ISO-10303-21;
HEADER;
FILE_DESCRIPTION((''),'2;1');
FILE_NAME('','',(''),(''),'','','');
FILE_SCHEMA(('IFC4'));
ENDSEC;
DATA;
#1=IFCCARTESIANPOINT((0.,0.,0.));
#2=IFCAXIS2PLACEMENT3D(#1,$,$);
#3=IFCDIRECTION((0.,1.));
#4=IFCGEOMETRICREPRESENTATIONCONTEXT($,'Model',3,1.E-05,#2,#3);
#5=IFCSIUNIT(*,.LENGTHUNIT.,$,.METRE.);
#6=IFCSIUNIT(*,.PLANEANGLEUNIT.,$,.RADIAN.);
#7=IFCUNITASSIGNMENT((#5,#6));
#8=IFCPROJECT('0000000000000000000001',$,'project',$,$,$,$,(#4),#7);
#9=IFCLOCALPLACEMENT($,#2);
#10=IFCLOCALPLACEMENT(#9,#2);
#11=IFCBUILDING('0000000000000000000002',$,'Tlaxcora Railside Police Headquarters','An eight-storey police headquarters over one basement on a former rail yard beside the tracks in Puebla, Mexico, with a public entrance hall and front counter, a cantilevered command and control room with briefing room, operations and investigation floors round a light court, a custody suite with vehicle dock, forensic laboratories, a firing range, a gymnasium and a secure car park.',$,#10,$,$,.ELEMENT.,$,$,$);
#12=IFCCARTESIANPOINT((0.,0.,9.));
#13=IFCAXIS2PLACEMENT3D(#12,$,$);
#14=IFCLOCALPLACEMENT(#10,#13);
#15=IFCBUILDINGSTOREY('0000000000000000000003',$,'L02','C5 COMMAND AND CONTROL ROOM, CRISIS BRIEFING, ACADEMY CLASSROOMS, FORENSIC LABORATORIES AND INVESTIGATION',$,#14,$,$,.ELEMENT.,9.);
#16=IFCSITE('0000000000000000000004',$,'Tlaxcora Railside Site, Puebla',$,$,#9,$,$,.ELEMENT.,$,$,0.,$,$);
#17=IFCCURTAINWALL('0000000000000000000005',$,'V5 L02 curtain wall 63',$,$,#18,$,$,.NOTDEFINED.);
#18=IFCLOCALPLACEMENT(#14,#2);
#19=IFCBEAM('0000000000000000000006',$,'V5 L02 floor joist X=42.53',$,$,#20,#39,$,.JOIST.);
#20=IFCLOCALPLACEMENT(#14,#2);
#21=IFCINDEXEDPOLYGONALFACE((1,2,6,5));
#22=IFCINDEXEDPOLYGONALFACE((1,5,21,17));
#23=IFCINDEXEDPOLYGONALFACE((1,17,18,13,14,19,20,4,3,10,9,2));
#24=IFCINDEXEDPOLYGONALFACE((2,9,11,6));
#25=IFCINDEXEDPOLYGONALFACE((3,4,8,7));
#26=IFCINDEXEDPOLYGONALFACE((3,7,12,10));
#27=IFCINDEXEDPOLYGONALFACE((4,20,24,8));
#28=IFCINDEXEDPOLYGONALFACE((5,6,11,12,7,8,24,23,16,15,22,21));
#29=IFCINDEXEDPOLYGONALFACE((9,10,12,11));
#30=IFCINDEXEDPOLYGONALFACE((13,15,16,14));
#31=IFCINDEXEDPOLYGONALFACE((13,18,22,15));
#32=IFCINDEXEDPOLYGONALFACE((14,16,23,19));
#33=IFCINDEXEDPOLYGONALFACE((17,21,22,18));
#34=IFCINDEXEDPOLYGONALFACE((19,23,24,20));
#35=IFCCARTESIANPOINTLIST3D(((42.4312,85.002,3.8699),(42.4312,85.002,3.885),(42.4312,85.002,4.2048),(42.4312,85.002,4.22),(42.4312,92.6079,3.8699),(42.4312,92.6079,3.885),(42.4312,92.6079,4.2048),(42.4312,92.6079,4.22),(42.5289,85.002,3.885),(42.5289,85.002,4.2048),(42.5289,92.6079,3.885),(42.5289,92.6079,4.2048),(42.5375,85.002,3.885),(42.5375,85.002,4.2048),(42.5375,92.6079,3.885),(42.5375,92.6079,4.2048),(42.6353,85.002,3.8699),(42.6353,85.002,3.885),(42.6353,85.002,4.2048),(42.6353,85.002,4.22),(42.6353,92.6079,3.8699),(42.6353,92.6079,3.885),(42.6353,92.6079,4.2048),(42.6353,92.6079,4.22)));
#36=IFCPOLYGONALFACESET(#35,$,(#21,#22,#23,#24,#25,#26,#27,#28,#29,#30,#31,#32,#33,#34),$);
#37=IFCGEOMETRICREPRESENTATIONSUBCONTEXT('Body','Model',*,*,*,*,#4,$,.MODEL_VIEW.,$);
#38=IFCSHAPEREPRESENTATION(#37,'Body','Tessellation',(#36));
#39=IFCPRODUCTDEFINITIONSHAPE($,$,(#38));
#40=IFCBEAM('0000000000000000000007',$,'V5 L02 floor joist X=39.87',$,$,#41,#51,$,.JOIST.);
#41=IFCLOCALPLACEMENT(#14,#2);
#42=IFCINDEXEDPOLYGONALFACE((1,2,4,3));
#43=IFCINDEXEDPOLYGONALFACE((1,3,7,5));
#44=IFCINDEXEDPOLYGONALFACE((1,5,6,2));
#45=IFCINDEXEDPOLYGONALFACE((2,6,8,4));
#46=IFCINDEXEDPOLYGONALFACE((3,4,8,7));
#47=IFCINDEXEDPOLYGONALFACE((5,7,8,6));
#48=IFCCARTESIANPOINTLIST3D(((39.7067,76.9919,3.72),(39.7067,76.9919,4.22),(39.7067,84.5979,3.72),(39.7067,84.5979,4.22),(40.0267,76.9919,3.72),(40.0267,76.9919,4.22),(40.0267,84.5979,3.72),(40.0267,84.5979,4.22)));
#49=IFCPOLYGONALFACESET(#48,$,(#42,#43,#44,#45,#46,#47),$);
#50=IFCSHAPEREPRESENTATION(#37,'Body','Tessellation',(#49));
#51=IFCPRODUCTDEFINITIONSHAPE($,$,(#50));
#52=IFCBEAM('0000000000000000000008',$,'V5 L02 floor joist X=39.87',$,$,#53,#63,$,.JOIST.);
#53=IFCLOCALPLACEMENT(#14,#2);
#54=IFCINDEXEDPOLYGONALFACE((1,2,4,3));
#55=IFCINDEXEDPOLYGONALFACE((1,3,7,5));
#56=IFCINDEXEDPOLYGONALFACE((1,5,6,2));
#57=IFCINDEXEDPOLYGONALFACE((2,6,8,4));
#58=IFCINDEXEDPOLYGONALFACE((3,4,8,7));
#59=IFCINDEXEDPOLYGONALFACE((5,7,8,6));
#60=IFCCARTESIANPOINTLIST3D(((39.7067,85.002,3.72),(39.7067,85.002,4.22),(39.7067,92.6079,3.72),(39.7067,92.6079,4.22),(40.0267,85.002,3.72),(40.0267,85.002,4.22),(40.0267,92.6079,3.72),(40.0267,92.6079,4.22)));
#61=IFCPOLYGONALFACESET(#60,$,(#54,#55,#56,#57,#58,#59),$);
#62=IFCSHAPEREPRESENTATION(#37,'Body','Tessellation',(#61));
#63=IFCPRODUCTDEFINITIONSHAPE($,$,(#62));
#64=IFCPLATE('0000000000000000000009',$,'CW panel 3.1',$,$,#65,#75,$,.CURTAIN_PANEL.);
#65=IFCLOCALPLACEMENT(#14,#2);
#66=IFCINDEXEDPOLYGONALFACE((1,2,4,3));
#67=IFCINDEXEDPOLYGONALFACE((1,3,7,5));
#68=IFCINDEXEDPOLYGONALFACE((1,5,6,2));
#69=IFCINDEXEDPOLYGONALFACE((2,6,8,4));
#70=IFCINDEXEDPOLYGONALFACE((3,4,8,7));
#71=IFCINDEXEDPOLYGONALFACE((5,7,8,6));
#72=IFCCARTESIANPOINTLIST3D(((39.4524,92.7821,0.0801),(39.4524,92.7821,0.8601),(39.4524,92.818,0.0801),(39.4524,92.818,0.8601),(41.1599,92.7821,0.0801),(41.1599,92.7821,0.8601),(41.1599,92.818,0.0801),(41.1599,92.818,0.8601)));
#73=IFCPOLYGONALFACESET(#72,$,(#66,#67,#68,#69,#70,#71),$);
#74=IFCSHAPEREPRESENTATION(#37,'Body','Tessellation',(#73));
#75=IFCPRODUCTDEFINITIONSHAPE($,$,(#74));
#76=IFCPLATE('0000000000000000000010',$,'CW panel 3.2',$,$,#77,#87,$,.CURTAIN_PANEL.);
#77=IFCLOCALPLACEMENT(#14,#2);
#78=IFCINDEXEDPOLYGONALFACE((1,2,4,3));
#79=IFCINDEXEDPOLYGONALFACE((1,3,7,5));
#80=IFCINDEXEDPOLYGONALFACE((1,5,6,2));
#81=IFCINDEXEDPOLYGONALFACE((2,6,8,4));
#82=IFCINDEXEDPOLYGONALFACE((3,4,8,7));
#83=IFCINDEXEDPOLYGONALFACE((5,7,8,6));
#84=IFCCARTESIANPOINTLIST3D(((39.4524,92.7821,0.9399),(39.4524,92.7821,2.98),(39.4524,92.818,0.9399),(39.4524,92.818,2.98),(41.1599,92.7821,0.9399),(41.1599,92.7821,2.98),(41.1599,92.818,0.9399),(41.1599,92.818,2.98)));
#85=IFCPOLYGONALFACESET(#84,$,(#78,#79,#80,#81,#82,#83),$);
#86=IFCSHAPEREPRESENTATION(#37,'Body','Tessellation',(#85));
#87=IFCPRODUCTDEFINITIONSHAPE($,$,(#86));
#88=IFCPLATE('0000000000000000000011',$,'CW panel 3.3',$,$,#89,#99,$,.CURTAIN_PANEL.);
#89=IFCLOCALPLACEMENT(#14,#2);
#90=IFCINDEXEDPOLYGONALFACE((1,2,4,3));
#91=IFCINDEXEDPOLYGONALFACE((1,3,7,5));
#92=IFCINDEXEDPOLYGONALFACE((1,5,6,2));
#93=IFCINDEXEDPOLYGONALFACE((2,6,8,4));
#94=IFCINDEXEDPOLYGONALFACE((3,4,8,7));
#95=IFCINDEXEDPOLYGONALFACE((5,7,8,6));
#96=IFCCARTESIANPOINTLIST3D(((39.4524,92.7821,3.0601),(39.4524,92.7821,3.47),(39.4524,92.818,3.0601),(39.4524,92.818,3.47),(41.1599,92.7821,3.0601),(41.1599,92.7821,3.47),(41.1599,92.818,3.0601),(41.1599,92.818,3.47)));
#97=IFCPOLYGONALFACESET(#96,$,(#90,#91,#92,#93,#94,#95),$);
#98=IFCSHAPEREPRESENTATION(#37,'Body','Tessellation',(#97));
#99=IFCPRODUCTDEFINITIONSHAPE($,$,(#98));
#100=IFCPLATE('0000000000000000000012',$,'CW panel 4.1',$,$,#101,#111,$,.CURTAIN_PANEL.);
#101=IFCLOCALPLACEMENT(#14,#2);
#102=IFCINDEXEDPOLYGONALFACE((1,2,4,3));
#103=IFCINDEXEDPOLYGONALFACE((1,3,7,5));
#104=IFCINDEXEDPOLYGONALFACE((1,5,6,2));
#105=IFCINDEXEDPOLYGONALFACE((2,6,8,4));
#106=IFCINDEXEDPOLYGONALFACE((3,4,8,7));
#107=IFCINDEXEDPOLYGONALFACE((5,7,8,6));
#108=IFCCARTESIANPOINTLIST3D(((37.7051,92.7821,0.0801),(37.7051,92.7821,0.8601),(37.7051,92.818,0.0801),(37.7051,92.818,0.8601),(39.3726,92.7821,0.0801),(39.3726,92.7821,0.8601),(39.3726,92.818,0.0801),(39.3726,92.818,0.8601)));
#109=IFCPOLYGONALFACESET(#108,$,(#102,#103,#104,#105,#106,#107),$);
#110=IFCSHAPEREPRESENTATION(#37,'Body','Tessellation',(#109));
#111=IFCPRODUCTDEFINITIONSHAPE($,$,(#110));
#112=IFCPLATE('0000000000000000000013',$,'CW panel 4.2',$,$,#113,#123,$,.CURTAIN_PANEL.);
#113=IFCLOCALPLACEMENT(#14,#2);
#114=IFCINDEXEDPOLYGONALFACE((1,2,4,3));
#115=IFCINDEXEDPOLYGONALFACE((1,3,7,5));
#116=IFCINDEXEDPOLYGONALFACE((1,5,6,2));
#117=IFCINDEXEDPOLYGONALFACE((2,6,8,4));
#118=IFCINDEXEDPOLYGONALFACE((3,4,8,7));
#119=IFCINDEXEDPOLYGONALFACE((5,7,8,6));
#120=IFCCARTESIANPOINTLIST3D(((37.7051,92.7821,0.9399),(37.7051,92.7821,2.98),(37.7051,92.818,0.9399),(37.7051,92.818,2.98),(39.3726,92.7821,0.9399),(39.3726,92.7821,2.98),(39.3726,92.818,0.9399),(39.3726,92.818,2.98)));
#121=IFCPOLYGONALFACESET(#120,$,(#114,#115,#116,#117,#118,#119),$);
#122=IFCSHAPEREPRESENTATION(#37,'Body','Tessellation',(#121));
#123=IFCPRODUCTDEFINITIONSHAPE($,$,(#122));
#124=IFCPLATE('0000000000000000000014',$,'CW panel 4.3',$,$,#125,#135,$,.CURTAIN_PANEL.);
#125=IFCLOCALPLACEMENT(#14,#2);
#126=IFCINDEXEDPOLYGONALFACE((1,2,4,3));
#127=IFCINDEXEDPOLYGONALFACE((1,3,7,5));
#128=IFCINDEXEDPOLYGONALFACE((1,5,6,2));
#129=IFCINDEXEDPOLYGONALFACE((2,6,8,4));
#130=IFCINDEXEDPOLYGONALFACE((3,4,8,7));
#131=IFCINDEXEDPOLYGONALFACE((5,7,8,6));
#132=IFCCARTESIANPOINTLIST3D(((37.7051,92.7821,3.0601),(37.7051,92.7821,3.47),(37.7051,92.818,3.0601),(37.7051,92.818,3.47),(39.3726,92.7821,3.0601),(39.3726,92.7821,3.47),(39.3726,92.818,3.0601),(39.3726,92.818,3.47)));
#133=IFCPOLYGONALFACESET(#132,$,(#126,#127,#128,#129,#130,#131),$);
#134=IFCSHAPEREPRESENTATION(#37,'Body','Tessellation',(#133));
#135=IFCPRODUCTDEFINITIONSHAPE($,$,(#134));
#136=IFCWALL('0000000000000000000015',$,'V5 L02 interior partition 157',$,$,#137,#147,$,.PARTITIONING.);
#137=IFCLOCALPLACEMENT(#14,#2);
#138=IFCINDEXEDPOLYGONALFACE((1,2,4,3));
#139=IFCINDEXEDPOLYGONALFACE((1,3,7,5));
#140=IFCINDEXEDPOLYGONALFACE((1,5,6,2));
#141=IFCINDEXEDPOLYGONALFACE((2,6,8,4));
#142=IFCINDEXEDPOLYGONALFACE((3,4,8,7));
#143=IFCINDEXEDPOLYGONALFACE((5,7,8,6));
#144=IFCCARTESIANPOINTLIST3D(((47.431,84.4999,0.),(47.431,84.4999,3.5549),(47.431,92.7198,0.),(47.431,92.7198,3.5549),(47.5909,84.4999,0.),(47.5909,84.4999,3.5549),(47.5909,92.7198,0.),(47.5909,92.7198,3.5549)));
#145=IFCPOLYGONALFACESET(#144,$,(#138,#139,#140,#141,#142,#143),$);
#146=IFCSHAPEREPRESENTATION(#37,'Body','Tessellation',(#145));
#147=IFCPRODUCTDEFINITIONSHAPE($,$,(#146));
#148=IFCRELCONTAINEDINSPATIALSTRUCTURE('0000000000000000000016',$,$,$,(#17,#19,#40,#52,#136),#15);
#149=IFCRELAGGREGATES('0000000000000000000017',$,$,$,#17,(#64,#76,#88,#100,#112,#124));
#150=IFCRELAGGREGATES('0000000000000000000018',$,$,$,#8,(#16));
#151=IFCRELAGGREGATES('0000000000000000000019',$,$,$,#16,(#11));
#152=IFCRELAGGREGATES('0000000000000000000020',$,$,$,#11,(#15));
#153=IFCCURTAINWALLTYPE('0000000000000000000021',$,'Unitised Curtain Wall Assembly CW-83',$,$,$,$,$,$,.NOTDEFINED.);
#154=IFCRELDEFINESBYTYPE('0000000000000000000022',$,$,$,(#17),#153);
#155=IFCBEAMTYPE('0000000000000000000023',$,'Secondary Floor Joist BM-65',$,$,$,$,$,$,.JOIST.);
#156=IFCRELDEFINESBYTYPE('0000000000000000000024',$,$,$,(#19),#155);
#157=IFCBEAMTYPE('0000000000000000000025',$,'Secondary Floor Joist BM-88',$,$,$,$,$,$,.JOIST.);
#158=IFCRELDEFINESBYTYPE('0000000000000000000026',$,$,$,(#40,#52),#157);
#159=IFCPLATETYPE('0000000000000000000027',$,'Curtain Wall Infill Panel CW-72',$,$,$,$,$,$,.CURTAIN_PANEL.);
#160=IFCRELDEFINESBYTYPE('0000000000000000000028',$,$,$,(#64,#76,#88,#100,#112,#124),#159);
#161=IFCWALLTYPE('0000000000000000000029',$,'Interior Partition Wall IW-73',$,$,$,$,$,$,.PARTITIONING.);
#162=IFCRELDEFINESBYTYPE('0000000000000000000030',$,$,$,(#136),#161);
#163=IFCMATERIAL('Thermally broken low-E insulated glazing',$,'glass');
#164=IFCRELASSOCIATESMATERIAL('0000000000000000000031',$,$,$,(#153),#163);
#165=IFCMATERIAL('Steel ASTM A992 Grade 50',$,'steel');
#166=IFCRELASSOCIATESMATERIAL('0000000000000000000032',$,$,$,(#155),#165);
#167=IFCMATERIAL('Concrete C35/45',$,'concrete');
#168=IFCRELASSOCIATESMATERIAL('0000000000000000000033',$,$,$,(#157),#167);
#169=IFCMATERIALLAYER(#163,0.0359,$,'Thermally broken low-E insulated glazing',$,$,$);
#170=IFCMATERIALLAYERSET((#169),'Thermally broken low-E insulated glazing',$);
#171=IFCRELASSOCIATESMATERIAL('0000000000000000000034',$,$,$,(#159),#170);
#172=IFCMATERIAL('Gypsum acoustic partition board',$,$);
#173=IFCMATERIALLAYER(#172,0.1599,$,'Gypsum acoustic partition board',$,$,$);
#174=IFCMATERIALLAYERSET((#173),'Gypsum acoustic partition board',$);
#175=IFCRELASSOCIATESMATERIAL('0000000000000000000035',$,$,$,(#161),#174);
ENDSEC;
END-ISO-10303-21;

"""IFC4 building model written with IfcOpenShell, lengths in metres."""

from ifc_helpers import new_model, si_unit, direction, frame, frame_2d, origin, origin_2d, place, context, subcontext, project, spatial, rectangle, i_section, extrude, material, layer, layer_set, material_profile, profile_set, type_object, element, aggregate, save


model = new_model("IFC4")

# Units and contexts
model_context = context("Model", 3, precision=1e-05, world=origin(), true_north=direction((0.0, 1.0)))
body_context = subcontext(model_context, "Body", "Model", "MODEL_VIEW")
ifc_project = project(units=[si_unit("LENGTHUNIT", "METRE"), si_unit("PLANEANGLEUNIT", "RADIAN")], contexts=[model_context])

# Site, building, storey
site_placement = place(None, origin())
site = spatial("IfcSite", under=ifc_project, at=site_placement, Name="Tlaxcora Railside Site, Puebla", CompositionType="ELEMENT", RefElevation=0.0)
building_placement = place(site_placement, origin())
building = spatial("IfcBuilding", under=site, at=building_placement, Name="Tlaxcora Railside Police Headquarters", Description="An eight-storey police headquarters over one basement on a former rail yard beside the tracks in Puebla, Mexico, with a public entrance hall and front counter, a cantilevered command and control room with briefing room, operations and investigation floors round a light court, a custody suite with vehicle dock, forensic laboratories, a firing range, a gymnasium and a secure car park.", CompositionType="ELEMENT")
storey_placement = place(building_placement, frame((0.0, 0.0, 9.0)))
storey = spatial("IfcBuildingStorey", under=building, at=storey_placement, Name="L02", Description="C5 COMMAND AND CONTROL ROOM, CRISIS BRIEFING, ACADEMY CLASSROOMS, FORENSIC LABORATORIES AND INVESTIGATION", CompositionType="ELEMENT", Elevation=9.0)

# Curtain wall
ifc_material_1 = material(Name="Thermally broken low-E insulated glazing", Category="glass")
curtain_wall_type = type_object("IfcCurtainWallType", Name="Unitised Curtain Wall Assembly CW-83", PredefinedType="NOTDEFINED", material=ifc_material_1)
curtain_wall_placement = place(storey_placement, origin())
curtain_wall = element("IfcCurtainWall", 1, at=curtain_wall_placement, inside=storey, type_object=curtain_wall_type, Name="V5 L02 curtain wall 63", PredefinedType="NOTDEFINED")

# Beams
ifc_material_2 = material(Name="Steel ASTM A992 Grade 50", Category="steel")
ifc_material_profile_1 = material_profile(ifc_material_2, i_section(OverallWidth=0.2041, OverallDepth=0.3501, WebThickness=0.0085, FlangeThickness=0.0151, at=origin_2d()), Name="W14X48")
ifc_profile_set_1 = profile_set([ifc_material_profile_1], Name="Steel ASTM A992 Grade 50")
beam_type_1 = type_object("IfcBeamType", Name="Secondary Floor Joist BM-65", PredefinedType="JOIST", material=ifc_profile_set_1)
beam_1_placement = place(storey_placement, frame((42.5332, 85.002, 4.0449), z_axis=(0.0, 1.0, 0.0), x_axis=(-1.0, 0.0, 0.0)))
element("IfcBeam", 2, at=beam_1_placement, inside=storey, type_object=beam_type_1, Name="V5 L02 floor joist X=42.53", PredefinedType="JOIST", context=body_context, shape_type="SweptSolid", body=[
    extrude(i_section(OverallWidth=0.2041, OverallDepth=0.3501, WebThickness=0.0085, FlangeThickness=0.0151, at=origin_2d()), origin(), (0.0, 0.0, 1.0), 7.606),
])
ifc_material_3 = material(Name="Concrete C35/45", Category="concrete")
ifc_material_profile_2 = material_profile(ifc_material_3, rectangle(XDim=0.3201, YDim=0.5, at=origin_2d()), Name="RC320X500")
ifc_profile_set_2 = profile_set([ifc_material_profile_2], Name="Concrete C35/45")
beam_type_2 = type_object("IfcBeamType", Name="Secondary Floor Joist BM-88", PredefinedType="JOIST", material=ifc_profile_set_2)
for number, where, z_axis, x_axis, name in (
    (3, (39.8667, 76.9919, 3.97), (0.0, 1.0, 0.0), (-1.0, 0.0, 0.0), "V5 L02 floor joist X=39.87"),
    (4, (39.8667, 85.002, 3.97), (0.0, 1.0, 0.0), (-1.0, 0.0, 0.0), "V5 L02 floor joist X=39.87"),
):
    element("IfcBeam", number, at=place(storey_placement, frame(where, z_axis=z_axis, x_axis=x_axis)), inside=storey, type_object=beam_type_2, Name=name, PredefinedType="JOIST", context=body_context, shape_type="SweptSolid", body=[
        extrude(rectangle(XDim=0.3201, YDim=0.5, at=origin_2d()), origin(), (0.0, 0.0, 1.0), 7.606),
    ])

# Plates
ifc_layer_1 = layer(ifc_material_1, 0.0359, Name="Thermally broken low-E insulated glazing")
ifc_layer_set_1 = layer_set([ifc_layer_1], Name="Thermally broken low-E insulated glazing")
plate_type = type_object("IfcPlateType", Name="Curtain Wall Infill Panel CW-72", PredefinedType="CURTAIN_PANEL", material=ifc_layer_set_1)
plate_1_placement = place(storey_placement, frame((40.3062, 92.8, 0.0801), z_axis=(0.0, 0.0, 1.0), x_axis=(-1.0, 0.0, 0.0)))
plate_1 = element("IfcPlate", 5, at=plate_1_placement, type_object=plate_type, Name="CW panel 3.1", PredefinedType="CURTAIN_PANEL", context=body_context, shape_type="SweptSolid", body=[
    extrude(rectangle(XDim=1.7075, YDim=0.0359, at=origin_2d()), origin(), (0.0, 0.0, 1.0), 0.78),
])
plate_2_placement = place(storey_placement, frame((40.3062, 92.8, 0.9399), z_axis=(0.0, 0.0, 1.0), x_axis=(-1.0, 0.0, 0.0)))
plate_2 = element("IfcPlate", 6, at=plate_2_placement, type_object=plate_type, Name="CW panel 3.2", PredefinedType="CURTAIN_PANEL", context=body_context, shape_type="SweptSolid", body=[
    extrude(rectangle(XDim=1.7075, YDim=0.0359, at=origin_2d()), origin(), (0.0, 0.0, 1.0), 2.04),
])
plate_3_placement = place(storey_placement, frame((40.3062, 92.8, 3.0601), z_axis=(0.0, 0.0, 1.0), x_axis=(-1.0, 0.0, 0.0)))
plate_3 = element("IfcPlate", 7, at=plate_3_placement, type_object=plate_type, Name="CW panel 3.3", PredefinedType="CURTAIN_PANEL", context=body_context, shape_type="SweptSolid", body=[
    extrude(rectangle(XDim=1.7075, YDim=0.0359, at=origin_2d()), origin(), (0.0, 0.0, 1.0), 0.4099),
])
plate_4_placement = place(storey_placement, frame((38.5388, 92.8, 0.0801), z_axis=(0.0, 0.0, 1.0), x_axis=(-1.0, 0.0, 0.0)))
plate_4 = element("IfcPlate", 8, at=plate_4_placement, type_object=plate_type, Name="CW panel 4.1", PredefinedType="CURTAIN_PANEL", context=body_context, shape_type="SweptSolid", body=[
    extrude(rectangle(XDim=1.6675, YDim=0.0359, at=origin_2d()), origin(), (0.0, 0.0, 1.0), 0.78),
])
plate_5_placement = place(storey_placement, frame((38.5388, 92.8, 0.9399), z_axis=(0.0, 0.0, 1.0), x_axis=(-1.0, 0.0, 0.0)))
plate_5 = element("IfcPlate", 9, at=plate_5_placement, type_object=plate_type, Name="CW panel 4.2", PredefinedType="CURTAIN_PANEL", context=body_context, shape_type="SweptSolid", body=[
    extrude(rectangle(XDim=1.6675, YDim=0.0359, at=origin_2d()), origin(), (0.0, 0.0, 1.0), 2.04),
])
plate_6_placement = place(storey_placement, frame((38.5388, 92.8, 3.0601), z_axis=(0.0, 0.0, 1.0), x_axis=(-1.0, 0.0, 0.0)))
plate_6 = element("IfcPlate", 10, at=plate_6_placement, type_object=plate_type, Name="CW panel 4.3", PredefinedType="CURTAIN_PANEL", context=body_context, shape_type="SweptSolid", body=[
    extrude(rectangle(XDim=1.6675, YDim=0.0359, at=origin_2d()), origin(), (0.0, 0.0, 1.0), 0.4099),
])
aggregate(curtain_wall, [plate_1, plate_2, plate_3, plate_4, plate_5, plate_6])

# Wall
ifc_material_4 = material(Name="Gypsum acoustic partition board")
ifc_layer_2 = layer(ifc_material_4, 0.1599, Name="Gypsum acoustic partition board")
ifc_layer_set_2 = layer_set([ifc_layer_2], Name="Gypsum acoustic partition board")
wall_type = type_object("IfcWallType", Name="Interior Partition Wall IW-73", PredefinedType="PARTITIONING", material=ifc_layer_set_2)
wall_placement = place(storey_placement, frame((47.511, 84.5, 0.0), z_axis=(0.0, 0.0, 1.0), x_axis=(0.0, 1.0, 0.0)))
element("IfcWall", 11, at=wall_placement, inside=storey, type_object=wall_type, Name="V5 L02 interior partition 157", PredefinedType="PARTITIONING", context=body_context, shape_type="SweptSolid", body=[
    extrude(rectangle(XDim=8.22, YDim=0.1599, at=frame_2d((4.1099, 0.0))), origin(), (0.0, 0.0, 1.0), 3.5549),
])

save(model, "model.ifc")
